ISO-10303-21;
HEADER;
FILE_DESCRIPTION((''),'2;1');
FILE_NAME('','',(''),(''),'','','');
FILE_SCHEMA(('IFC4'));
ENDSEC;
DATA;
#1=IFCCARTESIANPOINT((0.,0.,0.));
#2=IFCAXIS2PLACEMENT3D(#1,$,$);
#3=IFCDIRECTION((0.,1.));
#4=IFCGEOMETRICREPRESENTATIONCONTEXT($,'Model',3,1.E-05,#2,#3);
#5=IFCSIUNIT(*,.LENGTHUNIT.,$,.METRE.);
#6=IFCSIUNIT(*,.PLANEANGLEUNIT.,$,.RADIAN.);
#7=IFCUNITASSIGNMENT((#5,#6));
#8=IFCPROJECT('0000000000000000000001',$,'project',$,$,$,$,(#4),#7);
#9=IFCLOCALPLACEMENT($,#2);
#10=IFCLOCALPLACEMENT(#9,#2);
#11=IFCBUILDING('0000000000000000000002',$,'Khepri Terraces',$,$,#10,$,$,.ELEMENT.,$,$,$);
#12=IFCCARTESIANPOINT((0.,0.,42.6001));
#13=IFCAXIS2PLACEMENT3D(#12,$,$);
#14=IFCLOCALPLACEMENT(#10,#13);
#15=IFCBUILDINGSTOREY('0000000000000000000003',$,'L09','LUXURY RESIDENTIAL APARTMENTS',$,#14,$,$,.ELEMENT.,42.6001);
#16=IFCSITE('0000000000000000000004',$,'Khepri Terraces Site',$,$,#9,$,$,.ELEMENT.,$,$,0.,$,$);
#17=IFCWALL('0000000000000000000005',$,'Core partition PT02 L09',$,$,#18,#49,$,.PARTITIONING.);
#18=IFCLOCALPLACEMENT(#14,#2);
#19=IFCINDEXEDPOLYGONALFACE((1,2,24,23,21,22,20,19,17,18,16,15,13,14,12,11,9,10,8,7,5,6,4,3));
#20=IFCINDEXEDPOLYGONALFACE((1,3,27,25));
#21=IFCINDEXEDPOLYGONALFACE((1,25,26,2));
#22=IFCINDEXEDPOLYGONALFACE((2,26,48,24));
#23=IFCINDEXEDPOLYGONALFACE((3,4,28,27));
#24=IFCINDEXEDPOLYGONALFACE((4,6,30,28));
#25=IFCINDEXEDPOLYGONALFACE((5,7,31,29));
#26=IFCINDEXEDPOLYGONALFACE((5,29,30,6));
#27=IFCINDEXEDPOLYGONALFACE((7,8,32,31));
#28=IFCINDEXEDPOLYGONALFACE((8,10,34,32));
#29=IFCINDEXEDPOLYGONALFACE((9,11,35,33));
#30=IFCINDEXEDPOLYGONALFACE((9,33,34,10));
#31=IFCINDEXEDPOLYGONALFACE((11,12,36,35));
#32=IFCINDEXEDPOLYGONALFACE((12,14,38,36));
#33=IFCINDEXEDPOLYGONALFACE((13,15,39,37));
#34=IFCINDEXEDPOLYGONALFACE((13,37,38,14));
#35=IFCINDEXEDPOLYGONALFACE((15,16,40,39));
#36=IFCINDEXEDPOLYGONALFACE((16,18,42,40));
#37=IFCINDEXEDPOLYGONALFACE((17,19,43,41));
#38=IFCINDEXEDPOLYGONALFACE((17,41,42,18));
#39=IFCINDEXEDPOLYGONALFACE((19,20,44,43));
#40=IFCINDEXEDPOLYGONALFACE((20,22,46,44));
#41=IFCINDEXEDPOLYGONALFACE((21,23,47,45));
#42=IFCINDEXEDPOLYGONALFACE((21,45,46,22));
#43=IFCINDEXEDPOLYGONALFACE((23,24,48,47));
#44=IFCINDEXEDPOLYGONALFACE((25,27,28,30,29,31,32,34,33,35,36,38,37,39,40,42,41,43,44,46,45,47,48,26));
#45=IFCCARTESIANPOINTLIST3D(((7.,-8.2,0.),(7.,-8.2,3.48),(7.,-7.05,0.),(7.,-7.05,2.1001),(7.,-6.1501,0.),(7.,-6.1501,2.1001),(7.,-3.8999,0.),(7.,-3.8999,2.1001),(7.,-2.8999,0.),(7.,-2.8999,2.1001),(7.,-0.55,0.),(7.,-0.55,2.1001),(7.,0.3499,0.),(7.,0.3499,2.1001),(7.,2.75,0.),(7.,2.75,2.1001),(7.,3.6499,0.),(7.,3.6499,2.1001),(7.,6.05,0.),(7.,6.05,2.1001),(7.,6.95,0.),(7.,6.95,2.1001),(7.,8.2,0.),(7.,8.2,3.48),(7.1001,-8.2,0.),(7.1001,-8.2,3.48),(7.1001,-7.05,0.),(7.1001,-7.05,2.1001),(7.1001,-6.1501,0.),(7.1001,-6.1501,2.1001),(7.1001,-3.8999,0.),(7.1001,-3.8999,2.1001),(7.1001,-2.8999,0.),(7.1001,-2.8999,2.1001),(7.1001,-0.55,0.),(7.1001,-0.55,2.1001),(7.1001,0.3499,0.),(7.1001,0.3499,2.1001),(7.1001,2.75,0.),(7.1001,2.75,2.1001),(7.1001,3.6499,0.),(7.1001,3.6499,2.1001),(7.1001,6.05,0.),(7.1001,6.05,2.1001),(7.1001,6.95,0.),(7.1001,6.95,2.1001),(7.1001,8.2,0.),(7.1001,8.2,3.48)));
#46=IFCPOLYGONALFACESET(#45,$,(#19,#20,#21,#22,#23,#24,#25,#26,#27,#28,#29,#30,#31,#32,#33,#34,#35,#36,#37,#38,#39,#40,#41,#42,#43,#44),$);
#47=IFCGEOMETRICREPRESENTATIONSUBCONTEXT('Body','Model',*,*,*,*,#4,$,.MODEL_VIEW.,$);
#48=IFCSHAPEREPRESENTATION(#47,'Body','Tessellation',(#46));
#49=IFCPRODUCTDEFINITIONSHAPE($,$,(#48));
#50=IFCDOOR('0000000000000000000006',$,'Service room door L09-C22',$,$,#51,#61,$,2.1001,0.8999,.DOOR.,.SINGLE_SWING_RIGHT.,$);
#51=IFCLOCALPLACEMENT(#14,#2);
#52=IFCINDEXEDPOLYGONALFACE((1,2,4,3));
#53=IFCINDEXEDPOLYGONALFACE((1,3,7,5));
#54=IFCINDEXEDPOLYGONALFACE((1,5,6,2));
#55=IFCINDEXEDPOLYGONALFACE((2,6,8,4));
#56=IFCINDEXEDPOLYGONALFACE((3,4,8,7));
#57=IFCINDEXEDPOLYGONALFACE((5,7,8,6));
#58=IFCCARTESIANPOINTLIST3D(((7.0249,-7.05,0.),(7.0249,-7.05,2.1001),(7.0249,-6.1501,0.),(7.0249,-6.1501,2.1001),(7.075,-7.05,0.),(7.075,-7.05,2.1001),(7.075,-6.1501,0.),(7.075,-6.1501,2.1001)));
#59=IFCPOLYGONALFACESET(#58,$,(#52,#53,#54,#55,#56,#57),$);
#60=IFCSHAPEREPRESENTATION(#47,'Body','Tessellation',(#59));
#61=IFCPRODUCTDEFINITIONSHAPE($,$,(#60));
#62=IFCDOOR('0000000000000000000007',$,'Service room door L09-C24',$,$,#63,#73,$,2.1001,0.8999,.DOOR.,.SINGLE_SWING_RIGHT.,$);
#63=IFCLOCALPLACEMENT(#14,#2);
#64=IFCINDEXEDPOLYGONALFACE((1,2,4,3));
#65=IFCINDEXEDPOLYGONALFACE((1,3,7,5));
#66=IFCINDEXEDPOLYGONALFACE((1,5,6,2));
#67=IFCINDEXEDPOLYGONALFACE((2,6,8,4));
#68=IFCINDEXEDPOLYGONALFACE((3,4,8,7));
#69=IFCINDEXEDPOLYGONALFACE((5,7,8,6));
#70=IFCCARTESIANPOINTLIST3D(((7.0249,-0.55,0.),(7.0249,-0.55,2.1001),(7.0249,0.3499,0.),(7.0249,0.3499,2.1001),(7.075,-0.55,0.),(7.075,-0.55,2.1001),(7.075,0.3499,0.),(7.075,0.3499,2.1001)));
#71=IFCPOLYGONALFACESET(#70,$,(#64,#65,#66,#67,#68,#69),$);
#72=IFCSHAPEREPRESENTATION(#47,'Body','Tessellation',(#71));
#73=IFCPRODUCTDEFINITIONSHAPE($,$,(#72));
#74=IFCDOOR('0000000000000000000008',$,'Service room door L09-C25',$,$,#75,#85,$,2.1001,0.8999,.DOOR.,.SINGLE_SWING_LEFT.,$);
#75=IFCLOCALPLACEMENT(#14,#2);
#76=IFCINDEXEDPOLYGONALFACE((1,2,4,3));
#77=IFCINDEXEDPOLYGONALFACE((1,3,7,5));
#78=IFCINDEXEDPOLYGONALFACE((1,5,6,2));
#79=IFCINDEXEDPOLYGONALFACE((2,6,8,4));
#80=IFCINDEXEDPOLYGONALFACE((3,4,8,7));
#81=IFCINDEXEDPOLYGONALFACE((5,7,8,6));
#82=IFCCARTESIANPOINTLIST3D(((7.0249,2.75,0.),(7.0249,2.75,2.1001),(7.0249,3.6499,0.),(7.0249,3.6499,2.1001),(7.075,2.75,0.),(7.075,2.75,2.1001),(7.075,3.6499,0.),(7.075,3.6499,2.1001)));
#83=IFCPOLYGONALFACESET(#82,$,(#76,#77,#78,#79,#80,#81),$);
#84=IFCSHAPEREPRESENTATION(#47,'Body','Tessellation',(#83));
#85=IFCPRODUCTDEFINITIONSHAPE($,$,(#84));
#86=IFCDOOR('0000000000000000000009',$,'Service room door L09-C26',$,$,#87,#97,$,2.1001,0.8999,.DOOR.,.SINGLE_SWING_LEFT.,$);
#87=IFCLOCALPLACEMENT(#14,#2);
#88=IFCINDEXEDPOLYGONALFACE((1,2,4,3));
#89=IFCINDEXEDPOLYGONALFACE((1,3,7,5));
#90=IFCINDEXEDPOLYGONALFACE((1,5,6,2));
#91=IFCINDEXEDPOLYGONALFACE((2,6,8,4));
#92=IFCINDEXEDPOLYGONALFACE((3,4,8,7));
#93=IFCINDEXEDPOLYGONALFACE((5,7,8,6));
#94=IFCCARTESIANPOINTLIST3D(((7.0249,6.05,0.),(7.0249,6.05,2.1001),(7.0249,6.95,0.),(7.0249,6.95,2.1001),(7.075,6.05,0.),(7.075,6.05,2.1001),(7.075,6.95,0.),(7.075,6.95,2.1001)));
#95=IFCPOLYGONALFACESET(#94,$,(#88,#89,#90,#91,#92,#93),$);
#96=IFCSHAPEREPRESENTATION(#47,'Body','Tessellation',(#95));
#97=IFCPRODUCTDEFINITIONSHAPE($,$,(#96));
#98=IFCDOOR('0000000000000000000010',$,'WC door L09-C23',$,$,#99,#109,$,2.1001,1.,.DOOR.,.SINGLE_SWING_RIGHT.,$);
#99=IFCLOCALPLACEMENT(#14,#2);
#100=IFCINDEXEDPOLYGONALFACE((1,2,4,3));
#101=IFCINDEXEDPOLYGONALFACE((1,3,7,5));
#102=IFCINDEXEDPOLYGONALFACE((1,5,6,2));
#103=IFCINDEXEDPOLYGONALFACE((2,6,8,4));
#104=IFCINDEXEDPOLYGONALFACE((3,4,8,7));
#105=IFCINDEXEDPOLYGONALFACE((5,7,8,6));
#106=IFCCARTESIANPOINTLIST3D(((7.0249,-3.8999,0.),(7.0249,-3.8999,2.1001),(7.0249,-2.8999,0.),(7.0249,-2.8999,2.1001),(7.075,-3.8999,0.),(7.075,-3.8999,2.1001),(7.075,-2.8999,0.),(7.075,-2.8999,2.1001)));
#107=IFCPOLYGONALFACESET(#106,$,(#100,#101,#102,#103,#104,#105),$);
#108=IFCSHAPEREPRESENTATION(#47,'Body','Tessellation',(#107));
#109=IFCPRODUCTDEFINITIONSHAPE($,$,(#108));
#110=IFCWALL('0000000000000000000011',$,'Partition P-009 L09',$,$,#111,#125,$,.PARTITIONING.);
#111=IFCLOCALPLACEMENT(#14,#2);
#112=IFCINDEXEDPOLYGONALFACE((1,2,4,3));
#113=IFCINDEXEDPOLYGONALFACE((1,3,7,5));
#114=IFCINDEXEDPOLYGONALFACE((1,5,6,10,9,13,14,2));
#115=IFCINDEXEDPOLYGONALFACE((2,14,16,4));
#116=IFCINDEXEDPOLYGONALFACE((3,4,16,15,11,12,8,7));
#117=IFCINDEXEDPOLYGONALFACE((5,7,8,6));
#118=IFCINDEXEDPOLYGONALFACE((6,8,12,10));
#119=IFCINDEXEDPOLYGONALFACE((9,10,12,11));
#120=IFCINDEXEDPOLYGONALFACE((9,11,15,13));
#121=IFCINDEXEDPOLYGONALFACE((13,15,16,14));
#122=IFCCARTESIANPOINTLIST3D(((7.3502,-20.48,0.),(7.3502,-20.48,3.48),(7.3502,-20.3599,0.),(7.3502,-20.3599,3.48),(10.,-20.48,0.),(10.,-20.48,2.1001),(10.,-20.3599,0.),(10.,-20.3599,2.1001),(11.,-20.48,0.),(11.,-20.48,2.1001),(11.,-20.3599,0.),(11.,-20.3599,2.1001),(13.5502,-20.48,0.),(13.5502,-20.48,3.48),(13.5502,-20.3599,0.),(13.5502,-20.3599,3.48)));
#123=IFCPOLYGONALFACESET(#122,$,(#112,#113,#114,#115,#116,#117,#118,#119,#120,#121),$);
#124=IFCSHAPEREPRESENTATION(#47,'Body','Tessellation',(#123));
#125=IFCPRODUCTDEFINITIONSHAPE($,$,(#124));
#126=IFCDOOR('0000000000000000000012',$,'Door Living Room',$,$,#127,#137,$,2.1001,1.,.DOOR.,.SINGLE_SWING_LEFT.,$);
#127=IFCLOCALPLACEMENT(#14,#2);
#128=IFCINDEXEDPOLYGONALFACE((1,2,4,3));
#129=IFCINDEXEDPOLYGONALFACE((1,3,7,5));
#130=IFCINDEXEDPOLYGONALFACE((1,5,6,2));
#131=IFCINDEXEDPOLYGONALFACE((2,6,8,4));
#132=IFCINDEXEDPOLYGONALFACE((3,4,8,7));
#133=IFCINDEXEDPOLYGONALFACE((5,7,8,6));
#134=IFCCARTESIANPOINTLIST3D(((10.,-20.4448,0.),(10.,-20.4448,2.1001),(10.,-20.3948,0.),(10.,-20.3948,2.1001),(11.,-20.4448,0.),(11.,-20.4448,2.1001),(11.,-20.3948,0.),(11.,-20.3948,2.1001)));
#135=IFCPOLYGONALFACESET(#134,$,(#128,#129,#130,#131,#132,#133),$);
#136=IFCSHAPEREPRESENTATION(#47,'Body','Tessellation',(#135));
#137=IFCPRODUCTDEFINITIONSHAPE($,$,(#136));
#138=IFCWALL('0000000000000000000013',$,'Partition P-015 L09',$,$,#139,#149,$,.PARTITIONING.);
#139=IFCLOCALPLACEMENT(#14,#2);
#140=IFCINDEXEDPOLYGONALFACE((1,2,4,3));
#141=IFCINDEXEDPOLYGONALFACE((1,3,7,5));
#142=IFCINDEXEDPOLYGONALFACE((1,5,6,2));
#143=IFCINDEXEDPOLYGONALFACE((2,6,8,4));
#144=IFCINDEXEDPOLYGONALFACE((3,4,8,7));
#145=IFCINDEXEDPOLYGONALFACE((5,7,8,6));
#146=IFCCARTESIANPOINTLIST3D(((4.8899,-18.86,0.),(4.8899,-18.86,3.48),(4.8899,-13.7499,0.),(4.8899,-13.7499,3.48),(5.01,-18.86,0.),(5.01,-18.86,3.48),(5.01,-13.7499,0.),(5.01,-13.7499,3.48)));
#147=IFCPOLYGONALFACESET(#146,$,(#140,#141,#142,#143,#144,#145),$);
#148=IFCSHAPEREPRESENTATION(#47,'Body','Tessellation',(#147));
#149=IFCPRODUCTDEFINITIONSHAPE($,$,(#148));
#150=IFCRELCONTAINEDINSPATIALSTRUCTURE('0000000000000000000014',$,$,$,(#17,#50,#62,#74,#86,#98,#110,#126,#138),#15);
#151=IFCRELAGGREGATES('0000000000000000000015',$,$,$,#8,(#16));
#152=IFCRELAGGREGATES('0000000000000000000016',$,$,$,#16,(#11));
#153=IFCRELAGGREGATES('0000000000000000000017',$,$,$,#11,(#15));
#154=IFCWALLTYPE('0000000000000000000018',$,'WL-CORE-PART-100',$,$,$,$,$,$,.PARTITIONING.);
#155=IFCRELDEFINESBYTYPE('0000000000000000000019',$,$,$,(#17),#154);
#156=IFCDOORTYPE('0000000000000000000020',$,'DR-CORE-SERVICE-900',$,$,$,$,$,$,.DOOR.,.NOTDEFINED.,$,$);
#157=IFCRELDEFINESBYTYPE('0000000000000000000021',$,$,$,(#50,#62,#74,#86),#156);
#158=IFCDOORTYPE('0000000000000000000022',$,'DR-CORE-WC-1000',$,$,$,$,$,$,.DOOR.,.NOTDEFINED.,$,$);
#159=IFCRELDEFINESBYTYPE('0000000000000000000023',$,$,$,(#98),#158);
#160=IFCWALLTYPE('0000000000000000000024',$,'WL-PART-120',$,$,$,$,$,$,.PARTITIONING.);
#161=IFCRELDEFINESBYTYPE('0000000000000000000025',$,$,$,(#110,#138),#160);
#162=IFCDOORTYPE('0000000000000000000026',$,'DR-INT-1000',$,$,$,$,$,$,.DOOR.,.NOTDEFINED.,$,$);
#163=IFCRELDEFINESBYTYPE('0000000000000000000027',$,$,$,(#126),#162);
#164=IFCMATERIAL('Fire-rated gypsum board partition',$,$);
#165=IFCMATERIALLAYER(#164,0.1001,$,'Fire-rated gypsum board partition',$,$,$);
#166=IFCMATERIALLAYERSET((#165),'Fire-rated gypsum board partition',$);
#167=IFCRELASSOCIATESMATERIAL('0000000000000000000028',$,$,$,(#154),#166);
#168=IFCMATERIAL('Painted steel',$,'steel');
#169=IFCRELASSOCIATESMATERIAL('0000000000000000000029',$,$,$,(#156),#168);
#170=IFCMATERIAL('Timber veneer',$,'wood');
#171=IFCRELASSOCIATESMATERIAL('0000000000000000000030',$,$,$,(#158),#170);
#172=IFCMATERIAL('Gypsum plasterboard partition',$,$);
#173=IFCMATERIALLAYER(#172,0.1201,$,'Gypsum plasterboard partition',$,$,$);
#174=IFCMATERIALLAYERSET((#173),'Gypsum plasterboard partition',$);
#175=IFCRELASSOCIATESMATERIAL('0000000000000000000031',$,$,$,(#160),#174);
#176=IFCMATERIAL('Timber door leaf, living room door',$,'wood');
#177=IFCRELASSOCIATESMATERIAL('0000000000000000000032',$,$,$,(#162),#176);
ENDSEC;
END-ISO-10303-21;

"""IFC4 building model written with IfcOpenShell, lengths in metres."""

from ifc_helpers import new_model, si_unit, direction, frame, frame_2d, origin, place, context, subcontext, project, spatial, rectangle, extrude, material, layer, layer_set, type_object, element, fill, save


model = new_model("IFC4")

# Units and contexts
model_context = context("Model", 3, precision=1e-05, world=origin(), true_north=direction((0.0, 1.0)))
body_context = subcontext(model_context, "Body", "Model", "MODEL_VIEW")
ifc_project = project(units=[si_unit("LENGTHUNIT", "METRE"), si_unit("PLANEANGLEUNIT", "RADIAN")], contexts=[model_context])

# Site, building, storey
site_placement = place(None, origin())
site = spatial("IfcSite", under=ifc_project, at=site_placement, Name="Khepri Terraces Site", CompositionType="ELEMENT", RefElevation=0.0)
building_placement = place(site_placement, origin())
building = spatial("IfcBuilding", under=site, at=building_placement, Name="Khepri Terraces", CompositionType="ELEMENT")
storey_placement = place(building_placement, frame((0.0, 0.0, 42.6001)))
storey = spatial("IfcBuildingStorey", under=building, at=storey_placement, Name="L09", Description="LUXURY RESIDENTIAL APARTMENTS", CompositionType="ELEMENT", Elevation=42.6001)

# Wall, openings, doors
ifc_material_1 = material(Name="Fire-rated gypsum board partition")
ifc_layer_1 = layer(ifc_material_1, 0.1001, Name="Fire-rated gypsum board partition")
ifc_layer_set_1 = layer_set([ifc_layer_1], Name="Fire-rated gypsum board partition")
wall_type_1 = type_object("IfcWallType", Name="WL-CORE-PART-100", PredefinedType="PARTITIONING", material=ifc_layer_set_1)
wall_1_placement = place(storey_placement, frame((7.05, -8.2, 0.0), z_axis=(0.0, 0.0, 1.0), x_axis=(0.0, 1.0, 0.0)))
wall_1 = element("IfcWall", 1, at=wall_1_placement, inside=storey, type_object=wall_type_1, Name="Core partition PT02 L09", PredefinedType="PARTITIONING", context=body_context, shape_type="SweptSolid", body=[
    extrude(rectangle(XDim=16.3999, YDim=0.1001, at=frame_2d((8.2, 0.0))), origin(), (0.0, 0.0, 1.0), 3.48),
])
opening_1_placement = place(wall_1_placement, frame((1.1499, 0.0, 0.0)))
opening_1 = element("IfcOpeningElement", 2, at=opening_1_placement, cuts=wall_1, PredefinedType="OPENING", context=body_context, shape_type="SweptSolid", body=[
    extrude(rectangle(XDim=0.8999, YDim=2.1001, at=frame_2d((0.45, 1.05))), frame((0.0, 0.0601, 0.0), z_axis=(0.0, -1.0, 0.0), x_axis=(1.0, 0.0, 0.0)), (0.0, 0.0, 1.0), 0.1201),
])
opening_2_placement = place(wall_1_placement, frame((4.3, 0.0, 0.0)))
opening_2 = element("IfcOpeningElement", 3, at=opening_2_placement, cuts=wall_1, PredefinedType="OPENING", context=body_context, shape_type="SweptSolid", body=[
    extrude(rectangle(XDim=1.0, YDim=2.1001, at=frame_2d((0.5, 1.05))), frame((0.0, 0.0601, 0.0), z_axis=(0.0, -1.0, 0.0), x_axis=(1.0, 0.0, 0.0)), (0.0, 0.0, 1.0), 0.1201),
])
opening_3_placement = place(wall_1_placement, frame((7.6499, 0.0, 0.0)))
opening_3 = element("IfcOpeningElement", 4, at=opening_3_placement, cuts=wall_1, PredefinedType="OPENING", context=body_context, shape_type="SweptSolid", body=[
    extrude(rectangle(XDim=0.8999, YDim=2.1001, at=frame_2d((0.45, 1.05))), frame((0.0, 0.0601, 0.0), z_axis=(0.0, -1.0, 0.0), x_axis=(1.0, 0.0, 0.0)), (0.0, 0.0, 1.0), 0.1201),
])
opening_4_placement = place(wall_1_placement, frame((10.95, 0.0, 0.0)))
opening_4 = element("IfcOpeningElement", 5, at=opening_4_placement, cuts=wall_1, PredefinedType="OPENING", context=body_context, shape_type="SweptSolid", body=[
    extrude(rectangle(XDim=0.8999, YDim=2.1001, at=frame_2d((0.45, 1.05))), frame((0.0, 0.0601, 0.0), z_axis=(0.0, -1.0, 0.0), x_axis=(1.0, 0.0, 0.0)), (0.0, 0.0, 1.0), 0.1201),
])
opening_5_placement = place(wall_1_placement, frame((14.25, 0.0, 0.0)))
opening_5 = element("IfcOpeningElement", 6, at=opening_5_placement, cuts=wall_1, PredefinedType="OPENING", context=body_context, shape_type="SweptSolid", body=[
    extrude(rectangle(XDim=0.8999, YDim=2.1001, at=frame_2d((0.45, 1.05))), frame((0.0, 0.0601, 0.0), z_axis=(0.0, -1.0, 0.0), x_axis=(1.0, 0.0, 0.0)), (0.0, 0.0, 1.0), 0.1201),
])
ifc_material_2 = material(Name="Painted steel", Category="steel")
door_type_1 = type_object("IfcDoorType", Name="DR-CORE-SERVICE-900", OperationType="NOTDEFINED", PredefinedType="DOOR", material=ifc_material_2)
door_1_placement = place(opening_1_placement, frame((0.8999, 0.0, 0.0), z_axis=(0.0, 0.0, 1.0), x_axis=(-1.0, 0.0, 0.0)))
door_1 = element("IfcDoor", 7, at=door_1_placement, inside=storey, type_object=door_type_1, Name="Service room door L09-C22", OperationType="SINGLE_SWING_RIGHT", OverallHeight=2.1001, OverallWidth=0.8999, PredefinedType="DOOR", context=body_context, shape_type="SweptSolid", body=[
    extrude(rectangle(XDim=0.8999, YDim=2.1001, at=frame_2d((0.45, 1.05))), frame((0.0, 0.0249, 0.0), z_axis=(0.0, -1.0, 0.0), x_axis=(1.0, 0.0, 0.0)), (0.0, 0.0, 1.0), 0.05),
])
fill(opening_1, door_1)
door_2_placement = place(opening_3_placement, frame((0.8999, 0.0, 0.0), z_axis=(0.0, 0.0, 1.0), x_axis=(-1.0, 0.0, 0.0)))
door_2 = element("IfcDoor", 8, at=door_2_placement, inside=storey, type_object=door_type_1, Name="Service room door L09-C24", OperationType="SINGLE_SWING_RIGHT", OverallHeight=2.1001, OverallWidth=0.8999, PredefinedType="DOOR", context=body_context, shape_type="SweptSolid", body=[
    extrude(rectangle(XDim=0.8999, YDim=2.1001, at=frame_2d((0.45, 1.05))), frame((0.0, 0.0249, 0.0), z_axis=(0.0, -1.0, 0.0), x_axis=(1.0, 0.0, 0.0)), (0.0, 0.0, 1.0), 0.05),
])
fill(opening_3, door_2)
door_3_placement = place(opening_4_placement, frame((0.8999, 0.0, 0.0), z_axis=(0.0, 0.0, 1.0), x_axis=(-1.0, 0.0, 0.0)))
door_3 = element("IfcDoor", 9, at=door_3_placement, inside=storey, type_object=door_type_1, Name="Service room door L09-C25", OperationType="SINGLE_SWING_LEFT", OverallHeight=2.1001, OverallWidth=0.8999, PredefinedType="DOOR", context=body_context, shape_type="SweptSolid", body=[
    extrude(rectangle(XDim=0.8999, YDim=2.1001, at=frame_2d((0.45, 1.05))), frame((0.0, 0.0249, 0.0), z_axis=(0.0, -1.0, 0.0), x_axis=(1.0, 0.0, 0.0)), (0.0, 0.0, 1.0), 0.05),
])
fill(opening_4, door_3)
door_4_placement = place(opening_5_placement, frame((0.8999, 0.0, 0.0), z_axis=(0.0, 0.0, 1.0), x_axis=(-1.0, 0.0, 0.0)))
door_4 = element("IfcDoor", 10, at=door_4_placement, inside=storey, type_object=door_type_1, Name="Service room door L09-C26", OperationType="SINGLE_SWING_LEFT", OverallHeight=2.1001, OverallWidth=0.8999, PredefinedType="DOOR", context=body_context, shape_type="SweptSolid", body=[
    extrude(rectangle(XDim=0.8999, YDim=2.1001, at=frame_2d((0.45, 1.05))), frame((0.0, 0.0249, 0.0), z_axis=(0.0, -1.0, 0.0), x_axis=(1.0, 0.0, 0.0)), (0.0, 0.0, 1.0), 0.05),
])
fill(opening_5, door_4)
ifc_material_3 = material(Name="Timber veneer", Category="wood")
door_type_2 = type_object("IfcDoorType", Name="DR-CORE-WC-1000", OperationType="NOTDEFINED", PredefinedType="DOOR", material=ifc_material_3)
door_5_placement = place(opening_2_placement, frame((1.0, 0.0, 0.0), z_axis=(0.0, 0.0, 1.0), x_axis=(-1.0, 0.0, 0.0)))
door_5 = element("IfcDoor", 11, at=door_5_placement, inside=storey, type_object=door_type_2, Name="WC door L09-C23", OperationType="SINGLE_SWING_RIGHT", OverallHeight=2.1001, OverallWidth=1.0, PredefinedType="DOOR", context=body_context, shape_type="SweptSolid", body=[
    extrude(rectangle(XDim=1.0, YDim=2.1001, at=frame_2d((0.5, 1.05))), frame((0.0, 0.0249, 0.0), z_axis=(0.0, -1.0, 0.0), x_axis=(1.0, 0.0, 0.0)), (0.0, 0.0, 1.0), 0.05),
])
fill(opening_2, door_5)

# Wall, opening, door
ifc_material_4 = material(Name="Gypsum plasterboard partition")
ifc_layer_2 = layer(ifc_material_4, 0.1201, Name="Gypsum plasterboard partition")
ifc_layer_set_2 = layer_set([ifc_layer_2], Name="Gypsum plasterboard partition")
wall_type_2 = type_object("IfcWallType", Name="WL-PART-120", PredefinedType="PARTITIONING", material=ifc_layer_set_2)
wall_2_placement = place(storey_placement, frame((7.3501, -20.4199, 0.0), z_axis=(0.0, 0.0, 1.0), x_axis=(1.0, 0.0, 0.0)))
wall_2 = element("IfcWall", 12, at=wall_2_placement, inside=storey, type_object=wall_type_2, Name="Partition P-009 L09", PredefinedType="PARTITIONING", context=body_context, shape_type="SweptSolid", body=[
    extrude(rectangle(XDim=6.2, YDim=0.1201, at=frame_2d((3.1001, 0.0))), origin(), (0.0, 0.0, 1.0), 3.48),
])
opening_6_placement = place(wall_2_placement, frame((2.6499, 0.0, 0.0)))
opening_6 = element("IfcOpeningElement", 13, at=opening_6_placement, cuts=wall_2, PredefinedType="OPENING", context=body_context, shape_type="SweptSolid", body=[
    extrude(rectangle(XDim=1.0, YDim=2.1001, at=frame_2d((0.5, 1.05))), frame((0.0, 0.0701, 0.0), z_axis=(0.0, -1.0, 0.0), x_axis=(1.0, 0.0, 0.0)), (0.0, 0.0, 1.0), 0.1401),
])
ifc_material_5 = material(Name="Timber door leaf, living room door", Category="wood")
door_type_3 = type_object("IfcDoorType", Name="DR-INT-1000", OperationType="NOTDEFINED", PredefinedType="DOOR", material=ifc_material_5)
door_6_placement = place(opening_6_placement, frame((1.0, 0.0, 0.0), z_axis=(0.0, 0.0, 1.0), x_axis=(-1.0, 0.0, 0.0)))
door_6 = element("IfcDoor", 14, at=door_6_placement, inside=storey, type_object=door_type_3, Name="Door Living Room", OperationType="SINGLE_SWING_LEFT", OverallHeight=2.1001, OverallWidth=1.0, PredefinedType="DOOR", context=body_context, shape_type="SweptSolid", body=[
    extrude(rectangle(XDim=1.0, YDim=2.1001, at=frame_2d((0.5, 1.05))), frame((0.0, 0.0249, 0.0), z_axis=(0.0, -1.0, 0.0), x_axis=(1.0, 0.0, 0.0)), (0.0, 0.0, 1.0), 0.05),
])
fill(opening_6, door_6)

# Wall
wall_3_placement = place(storey_placement, frame((4.95, -18.8601, 0.0), z_axis=(0.0, 0.0, 1.0), x_axis=(0.0, 1.0, 0.0)))
element("IfcWall", 15, at=wall_3_placement, inside=storey, type_object=wall_type_2, Name="Partition P-015 L09", PredefinedType="PARTITIONING", context=body_context, shape_type="SweptSolid", body=[
    extrude(rectangle(XDim=5.1101, YDim=0.1201, at=frame_2d((2.5552, 0.0))), origin(), (0.0, 0.0, 1.0), 3.48),
])

save(model, "model.ifc")
